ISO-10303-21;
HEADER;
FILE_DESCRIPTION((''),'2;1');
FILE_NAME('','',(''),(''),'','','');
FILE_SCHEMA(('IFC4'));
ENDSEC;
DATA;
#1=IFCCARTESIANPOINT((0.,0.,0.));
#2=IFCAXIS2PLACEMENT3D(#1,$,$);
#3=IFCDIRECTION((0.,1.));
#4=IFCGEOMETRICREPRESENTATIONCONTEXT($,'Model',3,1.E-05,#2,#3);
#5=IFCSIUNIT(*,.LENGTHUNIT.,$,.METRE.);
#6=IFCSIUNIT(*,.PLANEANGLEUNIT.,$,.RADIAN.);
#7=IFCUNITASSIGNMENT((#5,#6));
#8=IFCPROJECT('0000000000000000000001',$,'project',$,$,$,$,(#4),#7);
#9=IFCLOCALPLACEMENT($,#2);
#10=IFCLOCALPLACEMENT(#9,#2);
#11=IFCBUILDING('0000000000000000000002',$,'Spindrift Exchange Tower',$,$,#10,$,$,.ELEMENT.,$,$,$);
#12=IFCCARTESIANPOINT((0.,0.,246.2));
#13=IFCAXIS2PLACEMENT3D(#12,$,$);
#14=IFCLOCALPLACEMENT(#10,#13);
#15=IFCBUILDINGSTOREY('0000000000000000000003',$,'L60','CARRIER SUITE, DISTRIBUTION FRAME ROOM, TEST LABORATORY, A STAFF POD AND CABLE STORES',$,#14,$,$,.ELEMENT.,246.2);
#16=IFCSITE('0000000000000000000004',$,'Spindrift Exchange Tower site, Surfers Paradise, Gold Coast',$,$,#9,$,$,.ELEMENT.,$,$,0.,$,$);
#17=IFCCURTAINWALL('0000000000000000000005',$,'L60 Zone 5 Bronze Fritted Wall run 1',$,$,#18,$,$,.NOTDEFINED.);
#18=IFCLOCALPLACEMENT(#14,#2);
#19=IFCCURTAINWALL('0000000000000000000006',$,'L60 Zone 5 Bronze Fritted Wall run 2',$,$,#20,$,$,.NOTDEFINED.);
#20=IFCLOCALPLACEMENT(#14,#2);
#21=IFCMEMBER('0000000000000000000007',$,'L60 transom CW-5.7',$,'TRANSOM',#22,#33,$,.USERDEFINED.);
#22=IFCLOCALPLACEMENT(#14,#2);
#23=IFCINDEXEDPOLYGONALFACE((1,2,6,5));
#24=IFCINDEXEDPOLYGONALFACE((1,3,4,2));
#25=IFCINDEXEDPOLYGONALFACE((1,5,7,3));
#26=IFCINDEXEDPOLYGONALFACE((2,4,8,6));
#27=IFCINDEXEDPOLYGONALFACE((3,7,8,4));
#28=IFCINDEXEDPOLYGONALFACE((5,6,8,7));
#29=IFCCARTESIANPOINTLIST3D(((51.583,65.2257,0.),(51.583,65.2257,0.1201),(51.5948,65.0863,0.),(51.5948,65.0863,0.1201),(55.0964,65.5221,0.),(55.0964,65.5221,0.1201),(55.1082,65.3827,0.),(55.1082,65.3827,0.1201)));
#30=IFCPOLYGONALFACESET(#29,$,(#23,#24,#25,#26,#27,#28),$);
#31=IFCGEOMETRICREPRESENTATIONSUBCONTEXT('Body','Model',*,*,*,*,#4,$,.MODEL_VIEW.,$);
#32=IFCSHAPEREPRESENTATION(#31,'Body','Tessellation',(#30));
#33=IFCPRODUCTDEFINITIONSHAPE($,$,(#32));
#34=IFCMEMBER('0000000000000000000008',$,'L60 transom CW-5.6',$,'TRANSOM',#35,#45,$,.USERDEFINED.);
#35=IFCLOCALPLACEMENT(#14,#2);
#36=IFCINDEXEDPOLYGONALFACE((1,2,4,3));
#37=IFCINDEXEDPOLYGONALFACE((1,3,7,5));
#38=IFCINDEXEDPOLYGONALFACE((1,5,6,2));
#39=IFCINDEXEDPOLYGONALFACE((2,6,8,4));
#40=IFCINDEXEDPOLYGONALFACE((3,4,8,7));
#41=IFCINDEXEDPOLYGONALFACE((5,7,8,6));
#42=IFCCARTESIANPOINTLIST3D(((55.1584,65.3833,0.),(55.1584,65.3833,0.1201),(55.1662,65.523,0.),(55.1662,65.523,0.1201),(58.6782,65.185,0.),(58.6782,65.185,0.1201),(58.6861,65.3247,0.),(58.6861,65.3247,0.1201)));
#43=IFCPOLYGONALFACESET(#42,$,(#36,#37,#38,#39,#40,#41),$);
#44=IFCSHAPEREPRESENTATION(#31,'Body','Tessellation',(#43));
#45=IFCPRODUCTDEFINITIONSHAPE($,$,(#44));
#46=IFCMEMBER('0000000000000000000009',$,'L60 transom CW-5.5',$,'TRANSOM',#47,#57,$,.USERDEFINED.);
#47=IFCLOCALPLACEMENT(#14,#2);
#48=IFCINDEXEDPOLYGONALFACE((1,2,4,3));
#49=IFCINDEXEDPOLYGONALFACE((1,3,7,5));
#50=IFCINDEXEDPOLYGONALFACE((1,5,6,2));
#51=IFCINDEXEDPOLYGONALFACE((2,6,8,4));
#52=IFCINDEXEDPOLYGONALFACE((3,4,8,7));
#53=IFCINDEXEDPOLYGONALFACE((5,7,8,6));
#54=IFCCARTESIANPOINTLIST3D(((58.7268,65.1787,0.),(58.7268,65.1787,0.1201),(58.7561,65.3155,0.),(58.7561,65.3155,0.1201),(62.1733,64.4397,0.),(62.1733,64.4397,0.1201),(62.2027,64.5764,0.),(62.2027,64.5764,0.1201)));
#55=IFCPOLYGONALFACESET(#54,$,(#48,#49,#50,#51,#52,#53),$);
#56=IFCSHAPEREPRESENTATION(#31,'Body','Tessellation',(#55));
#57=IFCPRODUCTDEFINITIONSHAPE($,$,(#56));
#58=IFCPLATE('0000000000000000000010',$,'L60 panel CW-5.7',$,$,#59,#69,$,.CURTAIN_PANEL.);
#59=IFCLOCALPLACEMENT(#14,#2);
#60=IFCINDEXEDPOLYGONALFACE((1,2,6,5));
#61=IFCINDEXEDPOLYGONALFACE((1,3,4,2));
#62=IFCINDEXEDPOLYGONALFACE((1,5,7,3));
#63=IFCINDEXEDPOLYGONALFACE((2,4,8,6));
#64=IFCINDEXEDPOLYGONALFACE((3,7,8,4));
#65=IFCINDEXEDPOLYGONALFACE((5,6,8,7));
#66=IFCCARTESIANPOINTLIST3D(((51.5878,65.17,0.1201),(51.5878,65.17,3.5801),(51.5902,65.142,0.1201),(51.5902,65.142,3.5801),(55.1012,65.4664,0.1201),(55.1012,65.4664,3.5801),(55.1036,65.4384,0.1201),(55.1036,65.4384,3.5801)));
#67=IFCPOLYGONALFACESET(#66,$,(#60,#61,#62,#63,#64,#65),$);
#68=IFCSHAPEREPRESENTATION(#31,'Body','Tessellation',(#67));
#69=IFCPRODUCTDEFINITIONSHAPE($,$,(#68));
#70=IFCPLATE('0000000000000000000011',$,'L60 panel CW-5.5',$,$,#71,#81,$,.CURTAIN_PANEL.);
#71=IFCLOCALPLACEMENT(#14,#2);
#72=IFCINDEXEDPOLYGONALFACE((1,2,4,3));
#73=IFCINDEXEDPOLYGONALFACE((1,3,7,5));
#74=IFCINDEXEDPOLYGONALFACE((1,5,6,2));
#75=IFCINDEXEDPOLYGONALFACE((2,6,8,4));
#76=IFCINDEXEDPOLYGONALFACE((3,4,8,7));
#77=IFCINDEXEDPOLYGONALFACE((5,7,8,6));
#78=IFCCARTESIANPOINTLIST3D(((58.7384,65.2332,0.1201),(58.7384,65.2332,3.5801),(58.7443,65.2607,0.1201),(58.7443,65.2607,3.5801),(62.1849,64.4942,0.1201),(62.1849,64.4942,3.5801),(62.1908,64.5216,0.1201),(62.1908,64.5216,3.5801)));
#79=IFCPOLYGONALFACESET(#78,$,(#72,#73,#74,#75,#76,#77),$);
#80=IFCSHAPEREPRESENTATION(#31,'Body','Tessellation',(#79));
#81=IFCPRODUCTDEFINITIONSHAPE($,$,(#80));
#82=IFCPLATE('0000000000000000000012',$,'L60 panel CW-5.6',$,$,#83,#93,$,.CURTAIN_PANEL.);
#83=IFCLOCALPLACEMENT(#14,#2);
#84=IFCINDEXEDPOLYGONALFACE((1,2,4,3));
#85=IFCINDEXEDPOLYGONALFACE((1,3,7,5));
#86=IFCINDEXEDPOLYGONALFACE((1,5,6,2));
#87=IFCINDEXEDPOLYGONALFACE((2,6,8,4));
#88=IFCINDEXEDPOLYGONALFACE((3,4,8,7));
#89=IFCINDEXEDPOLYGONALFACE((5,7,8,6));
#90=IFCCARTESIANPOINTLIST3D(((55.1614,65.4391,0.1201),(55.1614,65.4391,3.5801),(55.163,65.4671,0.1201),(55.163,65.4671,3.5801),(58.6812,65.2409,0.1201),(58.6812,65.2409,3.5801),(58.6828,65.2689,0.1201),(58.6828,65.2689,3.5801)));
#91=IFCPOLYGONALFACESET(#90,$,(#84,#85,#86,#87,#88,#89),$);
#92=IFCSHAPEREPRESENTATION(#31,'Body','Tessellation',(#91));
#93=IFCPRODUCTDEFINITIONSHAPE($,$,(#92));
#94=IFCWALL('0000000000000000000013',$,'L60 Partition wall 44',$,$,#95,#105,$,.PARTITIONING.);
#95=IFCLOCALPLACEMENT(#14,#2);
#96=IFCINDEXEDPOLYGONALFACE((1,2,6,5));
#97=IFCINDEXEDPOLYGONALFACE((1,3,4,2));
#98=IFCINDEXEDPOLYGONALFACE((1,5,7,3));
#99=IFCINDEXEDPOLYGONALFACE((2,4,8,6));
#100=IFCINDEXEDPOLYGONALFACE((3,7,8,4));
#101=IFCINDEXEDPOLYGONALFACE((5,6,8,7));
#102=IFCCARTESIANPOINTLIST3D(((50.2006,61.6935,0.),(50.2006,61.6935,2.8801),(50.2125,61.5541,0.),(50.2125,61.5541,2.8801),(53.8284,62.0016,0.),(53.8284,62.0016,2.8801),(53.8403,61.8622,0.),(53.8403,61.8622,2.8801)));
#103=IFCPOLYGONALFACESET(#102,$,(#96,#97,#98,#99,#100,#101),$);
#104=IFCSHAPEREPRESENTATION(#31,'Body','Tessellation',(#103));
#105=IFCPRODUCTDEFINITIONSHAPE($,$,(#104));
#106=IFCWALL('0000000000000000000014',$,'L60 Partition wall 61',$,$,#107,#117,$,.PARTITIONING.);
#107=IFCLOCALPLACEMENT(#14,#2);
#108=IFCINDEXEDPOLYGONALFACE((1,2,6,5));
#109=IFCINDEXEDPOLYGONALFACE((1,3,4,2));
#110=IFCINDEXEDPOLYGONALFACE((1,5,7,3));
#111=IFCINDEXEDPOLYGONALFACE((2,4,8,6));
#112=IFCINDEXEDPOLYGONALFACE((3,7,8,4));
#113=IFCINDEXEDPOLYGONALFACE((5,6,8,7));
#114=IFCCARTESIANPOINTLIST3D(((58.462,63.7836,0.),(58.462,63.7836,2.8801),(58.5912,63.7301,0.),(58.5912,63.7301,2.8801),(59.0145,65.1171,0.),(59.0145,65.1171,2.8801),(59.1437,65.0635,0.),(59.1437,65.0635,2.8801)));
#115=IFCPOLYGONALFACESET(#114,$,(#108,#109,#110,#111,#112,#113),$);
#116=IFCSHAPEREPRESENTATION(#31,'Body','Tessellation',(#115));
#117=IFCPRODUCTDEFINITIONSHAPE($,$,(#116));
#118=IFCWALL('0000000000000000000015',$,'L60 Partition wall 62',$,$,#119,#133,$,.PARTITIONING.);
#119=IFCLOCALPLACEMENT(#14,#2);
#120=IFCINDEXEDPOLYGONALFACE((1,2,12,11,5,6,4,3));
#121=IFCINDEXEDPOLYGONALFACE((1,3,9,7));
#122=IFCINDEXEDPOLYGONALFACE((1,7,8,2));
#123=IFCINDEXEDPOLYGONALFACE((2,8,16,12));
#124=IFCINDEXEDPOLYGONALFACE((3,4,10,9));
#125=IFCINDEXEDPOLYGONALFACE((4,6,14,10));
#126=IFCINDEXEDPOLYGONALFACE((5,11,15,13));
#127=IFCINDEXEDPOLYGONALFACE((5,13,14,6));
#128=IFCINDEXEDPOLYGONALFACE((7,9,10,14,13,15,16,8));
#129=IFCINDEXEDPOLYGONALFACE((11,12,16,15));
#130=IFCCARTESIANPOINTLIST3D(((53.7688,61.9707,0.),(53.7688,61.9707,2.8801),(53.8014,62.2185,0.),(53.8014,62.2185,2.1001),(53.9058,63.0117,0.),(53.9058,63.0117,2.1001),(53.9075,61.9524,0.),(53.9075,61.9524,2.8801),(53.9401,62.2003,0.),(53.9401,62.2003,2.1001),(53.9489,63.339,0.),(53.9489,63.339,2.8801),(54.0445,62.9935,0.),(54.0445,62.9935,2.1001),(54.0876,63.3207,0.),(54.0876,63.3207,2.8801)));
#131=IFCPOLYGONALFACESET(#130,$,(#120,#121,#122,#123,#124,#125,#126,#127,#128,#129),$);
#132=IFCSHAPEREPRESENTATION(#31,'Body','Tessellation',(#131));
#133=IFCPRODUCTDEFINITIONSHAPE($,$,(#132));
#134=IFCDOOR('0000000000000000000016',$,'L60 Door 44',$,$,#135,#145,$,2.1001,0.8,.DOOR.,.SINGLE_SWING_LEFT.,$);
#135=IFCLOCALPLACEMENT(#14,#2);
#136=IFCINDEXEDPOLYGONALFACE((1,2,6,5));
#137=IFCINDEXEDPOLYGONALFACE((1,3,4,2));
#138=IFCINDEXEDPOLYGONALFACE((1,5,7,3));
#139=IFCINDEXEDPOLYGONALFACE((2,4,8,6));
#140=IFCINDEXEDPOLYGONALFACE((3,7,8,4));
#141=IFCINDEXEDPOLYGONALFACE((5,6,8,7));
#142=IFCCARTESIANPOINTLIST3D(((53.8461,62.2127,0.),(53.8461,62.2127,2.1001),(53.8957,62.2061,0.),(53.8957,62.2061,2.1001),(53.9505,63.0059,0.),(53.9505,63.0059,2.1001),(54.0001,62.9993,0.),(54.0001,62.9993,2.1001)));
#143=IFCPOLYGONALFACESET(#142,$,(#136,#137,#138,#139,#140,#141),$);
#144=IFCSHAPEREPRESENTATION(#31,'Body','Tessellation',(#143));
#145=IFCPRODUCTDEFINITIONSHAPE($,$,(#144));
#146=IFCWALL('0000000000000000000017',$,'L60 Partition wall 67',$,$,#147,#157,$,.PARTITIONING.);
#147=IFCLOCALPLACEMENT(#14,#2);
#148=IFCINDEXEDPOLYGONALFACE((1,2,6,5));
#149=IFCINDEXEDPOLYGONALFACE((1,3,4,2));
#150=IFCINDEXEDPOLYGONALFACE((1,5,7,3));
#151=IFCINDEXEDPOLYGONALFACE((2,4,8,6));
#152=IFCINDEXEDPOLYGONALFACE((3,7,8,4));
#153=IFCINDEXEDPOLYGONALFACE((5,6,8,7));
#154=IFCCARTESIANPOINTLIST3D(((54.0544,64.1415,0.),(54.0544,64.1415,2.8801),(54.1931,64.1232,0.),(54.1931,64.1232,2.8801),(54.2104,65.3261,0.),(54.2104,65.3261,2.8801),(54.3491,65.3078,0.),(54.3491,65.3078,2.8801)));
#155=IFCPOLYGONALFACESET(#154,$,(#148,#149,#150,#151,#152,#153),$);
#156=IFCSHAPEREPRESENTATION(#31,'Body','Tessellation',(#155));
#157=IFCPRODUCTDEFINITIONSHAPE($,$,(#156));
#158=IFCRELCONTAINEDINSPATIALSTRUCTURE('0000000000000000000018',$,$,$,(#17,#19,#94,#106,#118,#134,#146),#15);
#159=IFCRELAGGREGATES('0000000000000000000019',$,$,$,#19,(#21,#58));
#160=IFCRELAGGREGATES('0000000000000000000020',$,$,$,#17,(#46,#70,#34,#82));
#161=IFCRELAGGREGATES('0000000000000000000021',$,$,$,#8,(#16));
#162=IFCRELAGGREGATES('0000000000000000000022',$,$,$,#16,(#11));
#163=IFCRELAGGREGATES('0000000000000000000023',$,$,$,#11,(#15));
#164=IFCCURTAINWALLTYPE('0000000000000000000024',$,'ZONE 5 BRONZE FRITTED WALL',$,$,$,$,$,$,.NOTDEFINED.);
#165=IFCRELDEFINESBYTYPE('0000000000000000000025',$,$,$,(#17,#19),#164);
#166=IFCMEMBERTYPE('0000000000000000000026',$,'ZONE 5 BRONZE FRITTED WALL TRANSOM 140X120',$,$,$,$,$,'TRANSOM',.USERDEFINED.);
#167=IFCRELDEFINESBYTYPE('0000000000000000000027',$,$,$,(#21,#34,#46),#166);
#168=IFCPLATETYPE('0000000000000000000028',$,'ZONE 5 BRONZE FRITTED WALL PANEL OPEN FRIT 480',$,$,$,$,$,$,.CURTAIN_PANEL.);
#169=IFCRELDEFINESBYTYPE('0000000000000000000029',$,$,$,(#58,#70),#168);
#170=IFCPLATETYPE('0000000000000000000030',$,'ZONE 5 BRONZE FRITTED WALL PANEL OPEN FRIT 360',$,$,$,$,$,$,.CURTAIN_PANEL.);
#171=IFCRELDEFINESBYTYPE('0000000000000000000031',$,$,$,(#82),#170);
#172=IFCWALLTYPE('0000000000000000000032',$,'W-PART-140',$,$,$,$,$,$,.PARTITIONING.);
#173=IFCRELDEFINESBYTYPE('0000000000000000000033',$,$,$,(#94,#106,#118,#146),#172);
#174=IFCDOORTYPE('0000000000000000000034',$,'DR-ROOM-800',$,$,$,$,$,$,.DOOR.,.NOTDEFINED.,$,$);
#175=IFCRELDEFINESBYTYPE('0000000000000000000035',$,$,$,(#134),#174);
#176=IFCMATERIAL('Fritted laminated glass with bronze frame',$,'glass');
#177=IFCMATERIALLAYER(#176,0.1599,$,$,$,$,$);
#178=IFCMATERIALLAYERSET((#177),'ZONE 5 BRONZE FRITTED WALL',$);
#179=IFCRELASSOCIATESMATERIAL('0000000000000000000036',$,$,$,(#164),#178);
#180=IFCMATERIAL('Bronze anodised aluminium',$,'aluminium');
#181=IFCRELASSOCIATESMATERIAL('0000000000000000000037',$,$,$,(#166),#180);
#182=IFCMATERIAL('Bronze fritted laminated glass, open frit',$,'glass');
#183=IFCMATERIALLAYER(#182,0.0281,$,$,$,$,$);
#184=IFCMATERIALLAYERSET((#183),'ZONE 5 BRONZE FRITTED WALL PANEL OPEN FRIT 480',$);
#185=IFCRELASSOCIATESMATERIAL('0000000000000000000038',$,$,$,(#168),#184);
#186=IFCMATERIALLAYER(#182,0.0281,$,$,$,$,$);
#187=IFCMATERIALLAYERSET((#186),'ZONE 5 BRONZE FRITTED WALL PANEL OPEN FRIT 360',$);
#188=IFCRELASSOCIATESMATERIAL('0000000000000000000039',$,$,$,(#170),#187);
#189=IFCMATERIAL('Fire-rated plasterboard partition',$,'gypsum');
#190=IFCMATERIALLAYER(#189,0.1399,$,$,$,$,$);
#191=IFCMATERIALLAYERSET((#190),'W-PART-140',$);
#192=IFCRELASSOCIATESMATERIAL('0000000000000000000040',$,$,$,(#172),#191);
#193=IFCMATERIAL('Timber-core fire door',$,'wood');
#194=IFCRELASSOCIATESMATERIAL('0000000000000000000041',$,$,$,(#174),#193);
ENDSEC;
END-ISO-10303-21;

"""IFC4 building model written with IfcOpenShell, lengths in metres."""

from ifc_helpers import new_model, si_unit, direction, frame, frame_2d, origin, origin_2d, place, context, subcontext, project, spatial, rectangle, extrude, source, transform, mapped, material, layer, layer_set, material_profile, profile_set, type_object, element, fill, aggregate, save


model = new_model("IFC4")

# Units and contexts
model_context = context("Model", 3, precision=1e-05, world=origin(), true_north=direction((0.0, 1.0)))
body_context = subcontext(model_context, "Body", "Model", "MODEL_VIEW")
ifc_project = project(units=[si_unit("LENGTHUNIT", "METRE"), si_unit("PLANEANGLEUNIT", "RADIAN")], contexts=[model_context])

# Site, building, storey
site_placement = place(None, origin())
site = spatial("IfcSite", under=ifc_project, at=site_placement, Name="Spindrift Exchange Tower site, Surfers Paradise, Gold Coast", CompositionType="ELEMENT", RefElevation=0.0)
building_placement = place(site_placement, origin())
building = spatial("IfcBuilding", under=site, at=building_placement, Name="Spindrift Exchange Tower", CompositionType="ELEMENT")
storey_placement = place(building_placement, frame((0.0, 0.0, 246.2)))
storey = spatial("IfcBuildingStorey", under=building, at=storey_placement, Name="L60", Description="CARRIER SUITE, DISTRIBUTION FRAME ROOM, TEST LABORATORY, A STAFF POD AND CABLE STORES", CompositionType="ELEMENT", Elevation=246.2)

# Curtain walls, member
ifc_material_1 = material(Name="Fritted laminated glass with bronze frame", Category="glass")
ifc_layer_1 = layer(ifc_material_1, 0.1599)
ifc_layer_set_1 = layer_set([ifc_layer_1], Name="ZONE 5 BRONZE FRITTED WALL")
curtain_wall_type = type_object("IfcCurtainWallType", Name="ZONE 5 BRONZE FRITTED WALL", PredefinedType="NOTDEFINED", material=ifc_layer_set_1)
curtain_wall_1_placement = place(storey_placement, origin())
curtain_wall_1 = element("IfcCurtainWall", 1, at=curtain_wall_1_placement, inside=storey, type_object=curtain_wall_type, Name="L60 Zone 5 Bronze Fritted Wall run 1", PredefinedType="NOTDEFINED")
ifc_material_2 = material(Name="Bronze anodised aluminium", Category="aluminium")
curtain_wall_2_placement = place(storey_placement, origin())
curtain_wall_2 = element("IfcCurtainWall", 2, at=curtain_wall_2_placement, inside=storey, type_object=curtain_wall_type, Name="L60 Zone 5 Bronze Fritted Wall run 2", PredefinedType="NOTDEFINED")
ifc_material_profile_1 = material_profile(ifc_material_2, rectangle(XDim=0.1399, YDim=0.1201, at=origin_2d()), Name="ZONE 5 BRONZE FRITTED WALL TRANSOM 140X120")
ifc_profile_set_1 = profile_set([ifc_material_profile_1], Name="Bronze anodised aluminium")
member_type_1 = type_object("IfcMemberType", Name="ZONE 5 BRONZE FRITTED WALL TRANSOM 140X120", ElementType="TRANSOM", PredefinedType="USERDEFINED", material=ifc_profile_set_1)
shared_shape_1 = source(origin(), body_context, "Body", "SweptSolid", [
    extrude(rectangle(XDim=0.1399, YDim=0.1201, at=origin_2d()), origin(), (0.0, 0.0, 1.0), 3.5259),
])
member_1_placement = place(storey_placement, frame((55.1023, 65.4524, 0.0601), z_axis=(-0.996461, -0.08406, 0.0), x_axis=(0.08406, -0.996461, 0.0)))
member_1 = element("IfcMember", 3, at=member_1_placement, type_object=member_type_1, Name="L60 transom CW-5.7", ObjectType="TRANSOM", PredefinedType="USERDEFINED", context=body_context, shape_type="MappedRepresentation", body=[
    mapped(shared_shape_1, transform((0.0, 0.0, 0.0), scale=1.0)),
])

# Members
shared_shape_2 = source(origin(), body_context, "Body", "SweptSolid", [
    extrude(rectangle(XDim=0.1399, YDim=0.1201, at=origin_2d()), origin(), (0.0, 0.0, 1.0), 3.5254),
])
member_2_placement = place(storey_placement, frame((58.6821, 65.2549, 0.0601), z_axis=(-0.998418, 0.056233, 0.0), x_axis=(-0.056233, -0.998418, 0.0)))
member_2 = element("IfcMember", 4, at=member_2_placement, type_object=member_type_1, Name="L60 transom CW-5.6", ObjectType="TRANSOM", PredefinedType="USERDEFINED", context=body_context, shape_type="MappedRepresentation", body=[
    mapped(shared_shape_2, transform((0.0, 0.0, 0.0), scale=1.0)),
])
shared_shape_3 = source(origin(), body_context, "Body", "SweptSolid", [
    extrude(rectangle(XDim=0.1399, YDim=0.1201, at=origin_2d()), origin(), (0.0, 0.0, 1.0), 3.5249),
])
member_3_placement = place(storey_placement, frame((62.188, 64.5081, 0.0601), z_axis=(-0.977775, 0.209657, 0.0), x_axis=(-0.209657, -0.977775, 0.0)))
member_3 = element("IfcMember", 5, at=member_3_placement, type_object=member_type_1, Name="L60 transom CW-5.5", ObjectType="TRANSOM", PredefinedType="USERDEFINED", context=body_context, shape_type="MappedRepresentation", body=[
    mapped(shared_shape_3, transform((0.0, 0.0, 0.0), scale=1.0)),
])

# Plates
ifc_material_3 = material(Name="Bronze fritted laminated glass, open frit", Category="glass")
ifc_layer_2 = layer(ifc_material_3, 0.0281)
ifc_layer_set_2 = layer_set([ifc_layer_2], Name="ZONE 5 BRONZE FRITTED WALL PANEL OPEN FRIT 480")
plate_type_1 = type_object("IfcPlateType", Name="ZONE 5 BRONZE FRITTED WALL PANEL OPEN FRIT 480", PredefinedType="CURTAIN_PANEL", material=ifc_layer_set_2)
shared_shape_4 = source(origin(), body_context, "Body", "SweptSolid", [
    extrude(rectangle(XDim=3.5259, YDim=0.0281, at=origin_2d()), origin(), (0.0, 0.0, 1.0), 3.46),
])
plate_1_placement = place(storey_placement, frame((53.3457, 65.3042, 0.1201), z_axis=(0.0, 0.0, 1.0), x_axis=(-0.996459, -0.084078, 0.0)))
plate_1 = element("IfcPlate", 6, at=plate_1_placement, type_object=plate_type_1, Name="L60 panel CW-5.7", PredefinedType="CURTAIN_PANEL", context=body_context, shape_type="MappedRepresentation", body=[
    mapped(shared_shape_4, transform((0.0, 0.0, 0.0), scale=1.0)),
])
aggregate(curtain_wall_2, [member_1, plate_1])
shared_shape_5 = source(origin(), body_context, "Body", "SweptSolid", [
    extrude(rectangle(XDim=3.5249, YDim=0.0281, at=origin_2d()), origin(), (0.0, 0.0, 1.0), 3.46),
])
plate_2_placement = place(storey_placement, frame((60.4646, 64.8774, 0.1201), z_axis=(0.0, 0.0, 1.0), x_axis=(-0.977773, 0.209665, 0.0)))
plate_2 = element("IfcPlate", 7, at=plate_2_placement, type_object=plate_type_1, Name="L60 panel CW-5.5", PredefinedType="CURTAIN_PANEL", context=body_context, shape_type="MappedRepresentation", body=[
    mapped(shared_shape_5, transform((0.0, 0.0, 0.0), scale=1.0)),
])
ifc_layer_3 = layer(ifc_material_3, 0.0281)
ifc_layer_set_3 = layer_set([ifc_layer_3], Name="ZONE 5 BRONZE FRITTED WALL PANEL OPEN FRIT 360")
plate_type_2 = type_object("IfcPlateType", Name="ZONE 5 BRONZE FRITTED WALL PANEL OPEN FRIT 360", PredefinedType="CURTAIN_PANEL", material=ifc_layer_set_3)
shared_shape_6 = source(origin(), body_context, "Body", "SweptSolid", [
    extrude(rectangle(XDim=3.5254, YDim=0.0281, at=origin_2d()), origin(), (0.0, 0.0, 1.0), 3.46),
])
plate_3_placement = place(storey_placement, frame((56.9221, 65.354, 0.1201), z_axis=(0.0, 0.0, 1.0), x_axis=(-0.998418, 0.056228, 0.0)))
plate_3 = element("IfcPlate", 8, at=plate_3_placement, type_object=plate_type_2, Name="L60 panel CW-5.6", PredefinedType="CURTAIN_PANEL", context=body_context, shape_type="MappedRepresentation", body=[
    mapped(shared_shape_6, transform((0.0, 0.0, 0.0), scale=1.0)),
])
aggregate(curtain_wall_1, [member_3, plate_2, member_2, plate_3])

# Walls
ifc_material_4 = material(Name="Fire-rated plasterboard partition", Category="gypsum")
ifc_layer_4 = layer(ifc_material_4, 0.1399)
ifc_layer_set_4 = layer_set([ifc_layer_4], Name="W-PART-140")
wall_type = type_object("IfcWallType", Name="W-PART-140", PredefinedType="PARTITIONING", material=ifc_layer_set_4)
wall_1_placement = place(storey_placement, frame((53.8342, 61.9319, 0.0), z_axis=(0.0, 0.0, 1.0), x_axis=(-0.996413, -0.084621, 0.0)))
element("IfcWall", 9, at=wall_1_placement, inside=storey, type_object=wall_type, Name="L60 Partition wall 44", PredefinedType="PARTITIONING", context=body_context, shape_type="SweptSolid", body=[
    extrude(rectangle(XDim=3.6409, YDim=0.1399, at=frame_2d((1.8203, 0.0))), origin(), (0.0, 0.0, 1.0), 2.8801),
])
wall_2_placement = place(storey_placement, frame((58.5266, 63.7568, 0.0), z_axis=(0.0, 0.0, 1.0), x_axis=(0.382765, 0.923846, 0.0)))
element("IfcWall", 10, at=wall_2_placement, inside=storey, type_object=wall_type, Name="L60 Partition wall 61", PredefinedType="PARTITIONING", context=body_context, shape_type="SweptSolid", body=[
    extrude(rectangle(XDim=1.4434, YDim=0.1399, at=frame_2d((0.7217, 0.0))), origin(), (0.0, 0.0, 1.0), 2.8801),
])

# Wall, opening, door
wall_3_placement = place(storey_placement, frame((53.8381, 61.9617, 0.0), z_axis=(0.0, 0.0, 1.0), x_axis=(0.130541, 0.991443, 0.0)))
wall_3 = element("IfcWall", 11, at=wall_3_placement, inside=storey, type_object=wall_type, Name="L60 Partition wall 62", PredefinedType="PARTITIONING", context=body_context, shape_type="SweptSolid", body=[
    extrude(rectangle(XDim=1.3801, YDim=0.1399, at=frame_2d((0.6899, 0.0))), origin(), (0.0, 0.0, 1.0), 2.8801),
])
opening_placement = place(wall_3_placement, frame((0.25, 0.0, 0.0)))
opening = element("IfcOpeningElement", 12, at=opening_placement, cuts=wall_3, PredefinedType="OPENING", context=body_context, shape_type="SweptSolid", body=[
    extrude(rectangle(XDim=0.8, YDim=2.1001, at=frame_2d((0.3999, 1.05))), frame((0.0, 0.0798, 0.0), z_axis=(0.0, -1.0, 0.0), x_axis=(1.0, 0.0, 0.0)), (0.0, 0.0, 1.0), 0.1599),
])
ifc_material_5 = material(Name="Timber-core fire door", Category="wood")
door_type = type_object("IfcDoorType", Name="DR-ROOM-800", OperationType="NOTDEFINED", PredefinedType="DOOR", material=ifc_material_5)
shared_shape_7 = source(origin(), body_context, "Body", "SweptSolid", [
    extrude(rectangle(XDim=0.8, YDim=2.1001, at=frame_2d((0.3999, 1.05))), frame((0.0, 0.0249, 0.0), z_axis=(0.0, -1.0, 0.0), x_axis=(1.0, 0.0, 0.0)), (0.0, 0.0, 1.0), 0.05),
])
door_placement = place(opening_placement, origin())
door = element("IfcDoor", 13, at=door_placement, inside=storey, type_object=door_type, Name="L60 Door 44", OperationType="SINGLE_SWING_LEFT", OverallHeight=2.1001, OverallWidth=0.8, PredefinedType="DOOR", context=body_context, shape_type="MappedRepresentation", body=[
    mapped(shared_shape_7, transform((0.0, 0.0, 0.0), scale=1.0)),
])
fill(opening, door)

# Wall
wall_4_placement = place(storey_placement, frame((54.1238, 64.1323, 0.0), z_axis=(0.0, 0.0, 1.0), x_axis=(0.130571, 0.991439, 0.0)))
element("IfcWall", 14, at=wall_4_placement, inside=storey, type_object=wall_type, Name="L60 Partition wall 67", PredefinedType="PARTITIONING", context=body_context, shape_type="SweptSolid", body=[
    extrude(rectangle(XDim=1.1948, YDim=0.1399, at=frame_2d((0.5974, 0.0))), origin(), (0.0, 0.0, 1.0), 2.8801),
])

save(model, "model.ifc")
